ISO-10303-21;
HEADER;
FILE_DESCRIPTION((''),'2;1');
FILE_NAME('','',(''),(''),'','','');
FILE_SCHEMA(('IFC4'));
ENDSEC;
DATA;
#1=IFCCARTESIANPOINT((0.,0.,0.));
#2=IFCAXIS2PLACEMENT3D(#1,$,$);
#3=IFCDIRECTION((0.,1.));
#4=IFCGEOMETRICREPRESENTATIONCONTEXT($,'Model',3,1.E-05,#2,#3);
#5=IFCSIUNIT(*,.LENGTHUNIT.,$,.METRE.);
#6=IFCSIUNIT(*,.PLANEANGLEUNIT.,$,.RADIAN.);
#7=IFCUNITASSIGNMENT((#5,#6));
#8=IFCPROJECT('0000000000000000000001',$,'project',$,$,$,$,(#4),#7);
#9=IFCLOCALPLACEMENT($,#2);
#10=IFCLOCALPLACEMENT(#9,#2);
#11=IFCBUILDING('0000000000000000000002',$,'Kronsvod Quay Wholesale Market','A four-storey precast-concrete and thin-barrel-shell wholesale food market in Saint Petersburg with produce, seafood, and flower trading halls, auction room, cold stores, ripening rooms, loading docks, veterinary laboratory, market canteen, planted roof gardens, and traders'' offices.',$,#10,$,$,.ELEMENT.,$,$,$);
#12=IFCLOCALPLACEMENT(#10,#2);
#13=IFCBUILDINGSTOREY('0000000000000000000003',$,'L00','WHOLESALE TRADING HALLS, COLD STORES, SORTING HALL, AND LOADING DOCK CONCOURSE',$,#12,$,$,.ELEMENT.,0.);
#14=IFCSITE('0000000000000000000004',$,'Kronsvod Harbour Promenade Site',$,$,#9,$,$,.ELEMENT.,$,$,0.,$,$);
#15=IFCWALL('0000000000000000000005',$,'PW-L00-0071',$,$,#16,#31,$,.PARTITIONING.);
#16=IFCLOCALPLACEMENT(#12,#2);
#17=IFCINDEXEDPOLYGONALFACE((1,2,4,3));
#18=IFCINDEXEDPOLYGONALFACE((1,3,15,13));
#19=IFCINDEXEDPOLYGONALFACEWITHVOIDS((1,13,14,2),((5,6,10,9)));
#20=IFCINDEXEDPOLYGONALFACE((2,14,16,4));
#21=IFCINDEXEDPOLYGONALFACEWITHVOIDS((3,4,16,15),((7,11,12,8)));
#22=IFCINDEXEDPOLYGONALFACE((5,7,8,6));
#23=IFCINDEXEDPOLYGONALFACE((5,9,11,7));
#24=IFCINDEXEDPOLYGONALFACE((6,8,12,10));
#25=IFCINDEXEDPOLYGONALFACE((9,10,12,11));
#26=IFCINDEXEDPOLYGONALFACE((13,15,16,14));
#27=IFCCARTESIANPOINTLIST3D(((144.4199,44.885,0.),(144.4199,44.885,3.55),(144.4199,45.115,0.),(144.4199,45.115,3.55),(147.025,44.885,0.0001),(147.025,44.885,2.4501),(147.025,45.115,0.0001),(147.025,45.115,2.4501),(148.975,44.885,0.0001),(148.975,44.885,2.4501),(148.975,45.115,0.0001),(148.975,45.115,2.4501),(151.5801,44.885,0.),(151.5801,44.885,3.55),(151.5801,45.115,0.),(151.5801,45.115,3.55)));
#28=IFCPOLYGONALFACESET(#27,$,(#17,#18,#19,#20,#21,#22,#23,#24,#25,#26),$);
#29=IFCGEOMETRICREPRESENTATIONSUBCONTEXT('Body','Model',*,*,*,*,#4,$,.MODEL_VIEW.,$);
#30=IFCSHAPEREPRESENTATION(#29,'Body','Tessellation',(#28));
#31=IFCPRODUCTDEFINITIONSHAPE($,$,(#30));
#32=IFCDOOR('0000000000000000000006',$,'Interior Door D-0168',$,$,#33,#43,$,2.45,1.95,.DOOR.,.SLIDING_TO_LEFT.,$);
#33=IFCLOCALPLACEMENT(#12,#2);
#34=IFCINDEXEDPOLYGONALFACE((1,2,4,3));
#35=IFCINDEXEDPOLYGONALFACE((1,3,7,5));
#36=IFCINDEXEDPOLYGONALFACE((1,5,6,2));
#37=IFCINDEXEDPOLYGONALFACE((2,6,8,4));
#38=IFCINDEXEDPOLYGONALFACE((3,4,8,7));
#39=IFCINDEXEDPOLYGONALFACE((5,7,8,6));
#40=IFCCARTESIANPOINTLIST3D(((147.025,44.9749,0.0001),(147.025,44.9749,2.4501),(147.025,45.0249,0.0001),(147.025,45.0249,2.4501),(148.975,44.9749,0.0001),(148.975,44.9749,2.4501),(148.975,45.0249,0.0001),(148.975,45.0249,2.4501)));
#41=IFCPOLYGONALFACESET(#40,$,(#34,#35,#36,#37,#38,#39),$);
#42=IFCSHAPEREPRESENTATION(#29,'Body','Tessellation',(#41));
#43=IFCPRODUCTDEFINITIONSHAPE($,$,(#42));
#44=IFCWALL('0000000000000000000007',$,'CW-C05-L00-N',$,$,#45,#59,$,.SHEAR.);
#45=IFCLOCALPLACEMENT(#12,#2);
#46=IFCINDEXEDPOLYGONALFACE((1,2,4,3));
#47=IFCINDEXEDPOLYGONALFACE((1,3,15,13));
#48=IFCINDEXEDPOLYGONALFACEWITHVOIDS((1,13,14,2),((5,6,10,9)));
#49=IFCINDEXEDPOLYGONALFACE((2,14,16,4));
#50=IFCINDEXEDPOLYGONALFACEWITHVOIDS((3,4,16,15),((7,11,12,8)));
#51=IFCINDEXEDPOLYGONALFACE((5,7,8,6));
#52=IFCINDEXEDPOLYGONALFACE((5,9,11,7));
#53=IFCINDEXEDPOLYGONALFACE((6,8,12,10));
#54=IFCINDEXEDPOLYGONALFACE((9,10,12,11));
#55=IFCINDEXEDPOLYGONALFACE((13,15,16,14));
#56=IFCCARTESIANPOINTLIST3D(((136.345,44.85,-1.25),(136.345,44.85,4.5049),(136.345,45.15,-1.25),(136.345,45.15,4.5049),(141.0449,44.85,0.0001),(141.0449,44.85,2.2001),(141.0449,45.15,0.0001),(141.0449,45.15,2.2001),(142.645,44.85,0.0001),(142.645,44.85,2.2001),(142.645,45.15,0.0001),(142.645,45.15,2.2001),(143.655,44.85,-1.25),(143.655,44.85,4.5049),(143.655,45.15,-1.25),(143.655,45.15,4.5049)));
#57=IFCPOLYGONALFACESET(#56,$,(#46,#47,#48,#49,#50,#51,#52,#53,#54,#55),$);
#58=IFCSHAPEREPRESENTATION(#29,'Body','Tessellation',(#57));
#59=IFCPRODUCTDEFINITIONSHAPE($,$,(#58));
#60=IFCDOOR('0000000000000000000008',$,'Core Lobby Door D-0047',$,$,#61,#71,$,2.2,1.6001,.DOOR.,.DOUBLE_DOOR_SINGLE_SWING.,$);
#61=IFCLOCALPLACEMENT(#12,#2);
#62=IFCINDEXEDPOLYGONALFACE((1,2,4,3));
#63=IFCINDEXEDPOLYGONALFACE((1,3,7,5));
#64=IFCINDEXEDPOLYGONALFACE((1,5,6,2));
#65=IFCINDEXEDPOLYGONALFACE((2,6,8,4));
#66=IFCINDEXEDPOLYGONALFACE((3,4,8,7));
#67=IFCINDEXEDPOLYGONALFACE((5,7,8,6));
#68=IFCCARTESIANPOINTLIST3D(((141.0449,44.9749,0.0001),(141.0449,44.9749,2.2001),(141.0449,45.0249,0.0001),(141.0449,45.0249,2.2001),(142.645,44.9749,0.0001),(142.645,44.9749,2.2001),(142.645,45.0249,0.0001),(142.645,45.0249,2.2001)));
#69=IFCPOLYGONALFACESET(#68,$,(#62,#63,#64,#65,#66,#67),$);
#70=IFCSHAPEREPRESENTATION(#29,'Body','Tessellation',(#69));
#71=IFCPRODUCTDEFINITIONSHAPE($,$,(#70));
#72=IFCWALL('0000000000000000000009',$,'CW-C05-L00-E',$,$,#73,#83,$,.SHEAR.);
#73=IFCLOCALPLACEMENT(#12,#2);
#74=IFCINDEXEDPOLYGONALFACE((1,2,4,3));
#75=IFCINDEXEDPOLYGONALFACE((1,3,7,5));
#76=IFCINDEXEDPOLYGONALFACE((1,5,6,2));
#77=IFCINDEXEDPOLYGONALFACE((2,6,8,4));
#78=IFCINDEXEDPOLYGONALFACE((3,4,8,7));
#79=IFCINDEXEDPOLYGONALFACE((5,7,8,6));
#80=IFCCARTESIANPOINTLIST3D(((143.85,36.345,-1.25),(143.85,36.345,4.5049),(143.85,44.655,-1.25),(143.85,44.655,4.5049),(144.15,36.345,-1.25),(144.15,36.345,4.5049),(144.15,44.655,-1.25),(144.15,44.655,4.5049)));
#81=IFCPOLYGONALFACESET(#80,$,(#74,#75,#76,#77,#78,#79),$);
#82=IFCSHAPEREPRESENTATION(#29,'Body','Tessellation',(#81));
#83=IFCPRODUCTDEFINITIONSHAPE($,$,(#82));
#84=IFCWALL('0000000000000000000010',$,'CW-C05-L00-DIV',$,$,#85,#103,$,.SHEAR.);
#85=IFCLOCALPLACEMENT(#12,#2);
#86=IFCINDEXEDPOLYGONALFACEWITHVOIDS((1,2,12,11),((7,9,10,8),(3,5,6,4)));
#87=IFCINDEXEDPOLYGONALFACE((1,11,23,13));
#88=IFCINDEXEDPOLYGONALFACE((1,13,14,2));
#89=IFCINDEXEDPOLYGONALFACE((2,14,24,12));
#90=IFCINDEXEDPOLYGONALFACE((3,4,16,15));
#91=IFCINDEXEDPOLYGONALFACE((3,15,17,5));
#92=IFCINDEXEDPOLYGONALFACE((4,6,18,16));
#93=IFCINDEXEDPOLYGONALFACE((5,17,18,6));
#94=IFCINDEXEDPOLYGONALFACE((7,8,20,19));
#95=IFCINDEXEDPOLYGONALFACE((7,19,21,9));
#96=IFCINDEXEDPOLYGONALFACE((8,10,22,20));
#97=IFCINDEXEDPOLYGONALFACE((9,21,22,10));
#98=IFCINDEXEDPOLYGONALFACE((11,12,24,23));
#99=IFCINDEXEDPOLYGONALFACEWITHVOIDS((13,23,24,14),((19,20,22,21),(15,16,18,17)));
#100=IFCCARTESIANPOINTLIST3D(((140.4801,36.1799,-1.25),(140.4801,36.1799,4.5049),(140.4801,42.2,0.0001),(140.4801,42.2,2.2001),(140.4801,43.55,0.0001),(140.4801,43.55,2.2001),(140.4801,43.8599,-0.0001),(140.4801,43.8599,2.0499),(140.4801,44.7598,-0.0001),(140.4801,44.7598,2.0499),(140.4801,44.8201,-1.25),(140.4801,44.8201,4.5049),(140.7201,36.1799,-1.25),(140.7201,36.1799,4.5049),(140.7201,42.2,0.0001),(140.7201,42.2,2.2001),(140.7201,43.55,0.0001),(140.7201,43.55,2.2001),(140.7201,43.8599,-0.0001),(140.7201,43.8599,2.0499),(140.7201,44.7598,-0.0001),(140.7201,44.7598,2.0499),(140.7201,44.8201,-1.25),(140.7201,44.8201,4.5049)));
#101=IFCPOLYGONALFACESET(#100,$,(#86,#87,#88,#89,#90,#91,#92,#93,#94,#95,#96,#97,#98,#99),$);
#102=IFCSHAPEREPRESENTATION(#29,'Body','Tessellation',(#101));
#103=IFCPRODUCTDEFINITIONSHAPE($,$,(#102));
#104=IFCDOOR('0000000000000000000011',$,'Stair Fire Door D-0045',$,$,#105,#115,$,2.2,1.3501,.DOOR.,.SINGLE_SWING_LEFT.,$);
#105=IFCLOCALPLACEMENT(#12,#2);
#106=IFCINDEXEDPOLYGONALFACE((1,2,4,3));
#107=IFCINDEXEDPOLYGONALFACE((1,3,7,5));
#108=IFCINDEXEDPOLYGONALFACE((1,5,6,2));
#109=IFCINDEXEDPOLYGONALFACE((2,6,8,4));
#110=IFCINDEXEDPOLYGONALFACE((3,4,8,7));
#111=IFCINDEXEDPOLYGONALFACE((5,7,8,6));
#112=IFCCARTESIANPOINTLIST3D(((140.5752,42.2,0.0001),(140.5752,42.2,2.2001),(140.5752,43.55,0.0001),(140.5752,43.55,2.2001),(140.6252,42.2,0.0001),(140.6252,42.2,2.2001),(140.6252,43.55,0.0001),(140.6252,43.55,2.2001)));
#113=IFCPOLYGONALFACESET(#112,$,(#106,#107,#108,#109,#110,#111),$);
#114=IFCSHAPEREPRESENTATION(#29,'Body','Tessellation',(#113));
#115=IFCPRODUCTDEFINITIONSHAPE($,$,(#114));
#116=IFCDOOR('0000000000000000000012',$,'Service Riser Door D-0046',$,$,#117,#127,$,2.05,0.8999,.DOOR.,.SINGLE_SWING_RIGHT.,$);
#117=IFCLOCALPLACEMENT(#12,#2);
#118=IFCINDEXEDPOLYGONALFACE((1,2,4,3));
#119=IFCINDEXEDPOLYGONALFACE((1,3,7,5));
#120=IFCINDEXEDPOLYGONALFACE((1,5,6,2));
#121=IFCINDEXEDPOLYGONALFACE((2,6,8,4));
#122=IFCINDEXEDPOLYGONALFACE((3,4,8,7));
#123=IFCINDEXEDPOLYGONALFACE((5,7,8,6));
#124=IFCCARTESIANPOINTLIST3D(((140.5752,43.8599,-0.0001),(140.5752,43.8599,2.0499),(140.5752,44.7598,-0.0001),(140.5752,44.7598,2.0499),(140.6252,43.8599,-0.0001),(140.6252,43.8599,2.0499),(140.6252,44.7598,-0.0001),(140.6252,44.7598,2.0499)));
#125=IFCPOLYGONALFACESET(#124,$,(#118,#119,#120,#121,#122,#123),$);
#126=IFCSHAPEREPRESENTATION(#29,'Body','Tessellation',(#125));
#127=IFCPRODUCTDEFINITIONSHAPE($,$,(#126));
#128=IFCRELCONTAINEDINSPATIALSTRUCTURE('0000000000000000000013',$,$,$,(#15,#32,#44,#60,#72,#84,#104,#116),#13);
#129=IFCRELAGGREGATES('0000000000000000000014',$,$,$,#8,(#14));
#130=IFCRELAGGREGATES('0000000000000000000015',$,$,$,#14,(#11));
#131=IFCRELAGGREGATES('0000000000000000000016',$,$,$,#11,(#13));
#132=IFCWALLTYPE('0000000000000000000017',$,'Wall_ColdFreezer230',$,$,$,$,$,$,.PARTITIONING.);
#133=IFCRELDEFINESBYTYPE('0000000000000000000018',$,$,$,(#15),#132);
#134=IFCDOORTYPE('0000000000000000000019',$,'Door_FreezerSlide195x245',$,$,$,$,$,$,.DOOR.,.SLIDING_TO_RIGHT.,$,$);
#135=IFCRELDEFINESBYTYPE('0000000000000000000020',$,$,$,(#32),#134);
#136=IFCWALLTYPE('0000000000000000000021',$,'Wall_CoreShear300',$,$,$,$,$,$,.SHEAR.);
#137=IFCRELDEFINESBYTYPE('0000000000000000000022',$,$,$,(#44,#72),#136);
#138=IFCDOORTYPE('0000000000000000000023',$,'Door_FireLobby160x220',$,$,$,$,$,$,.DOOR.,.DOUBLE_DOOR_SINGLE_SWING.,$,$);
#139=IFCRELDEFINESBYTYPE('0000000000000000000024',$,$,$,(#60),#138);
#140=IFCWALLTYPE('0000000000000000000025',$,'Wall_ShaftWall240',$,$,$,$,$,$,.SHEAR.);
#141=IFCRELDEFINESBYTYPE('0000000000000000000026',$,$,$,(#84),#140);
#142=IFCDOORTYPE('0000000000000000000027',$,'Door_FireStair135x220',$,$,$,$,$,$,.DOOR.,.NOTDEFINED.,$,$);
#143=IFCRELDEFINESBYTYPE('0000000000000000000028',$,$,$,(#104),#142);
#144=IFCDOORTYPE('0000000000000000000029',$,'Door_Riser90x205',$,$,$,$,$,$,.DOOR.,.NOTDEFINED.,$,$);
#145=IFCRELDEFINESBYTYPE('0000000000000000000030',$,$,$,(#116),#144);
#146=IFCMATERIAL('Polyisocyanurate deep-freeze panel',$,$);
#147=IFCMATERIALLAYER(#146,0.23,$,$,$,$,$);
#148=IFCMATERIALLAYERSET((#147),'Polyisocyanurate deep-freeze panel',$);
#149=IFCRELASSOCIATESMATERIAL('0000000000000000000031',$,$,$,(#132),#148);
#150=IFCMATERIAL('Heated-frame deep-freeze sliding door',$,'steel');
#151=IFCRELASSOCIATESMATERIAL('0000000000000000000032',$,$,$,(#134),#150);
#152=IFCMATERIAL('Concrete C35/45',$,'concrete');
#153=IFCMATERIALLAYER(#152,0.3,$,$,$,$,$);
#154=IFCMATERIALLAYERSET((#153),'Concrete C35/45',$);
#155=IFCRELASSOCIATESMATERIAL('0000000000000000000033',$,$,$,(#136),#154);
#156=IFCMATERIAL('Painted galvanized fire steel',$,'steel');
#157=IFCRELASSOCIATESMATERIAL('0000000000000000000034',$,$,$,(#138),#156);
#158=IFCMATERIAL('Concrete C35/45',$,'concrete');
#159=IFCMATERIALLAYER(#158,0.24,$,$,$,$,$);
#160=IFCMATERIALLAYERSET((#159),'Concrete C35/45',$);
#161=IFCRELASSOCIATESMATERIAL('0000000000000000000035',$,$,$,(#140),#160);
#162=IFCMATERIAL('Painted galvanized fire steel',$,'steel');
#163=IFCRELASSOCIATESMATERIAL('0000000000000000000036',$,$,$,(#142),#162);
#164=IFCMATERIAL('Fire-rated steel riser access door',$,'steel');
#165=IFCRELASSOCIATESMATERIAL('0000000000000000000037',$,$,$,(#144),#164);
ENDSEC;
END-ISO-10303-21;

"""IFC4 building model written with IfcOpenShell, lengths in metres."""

from ifc_helpers import new_model, si_unit, direction, frame, frame_2d, origin, place, context, subcontext, project, spatial, rectangle, extrude, material, layer, layer_set, type_object, element, fill, save


model = new_model("IFC4")

# Units and contexts
model_context = context("Model", 3, precision=1e-05, world=origin(), true_north=direction((0.0, 1.0)))
body_context = subcontext(model_context, "Body", "Model", "MODEL_VIEW")
ifc_project = project(units=[si_unit("LENGTHUNIT", "METRE"), si_unit("PLANEANGLEUNIT", "RADIAN")], contexts=[model_context])

# Site, building, storey
site_placement = place(None, origin())
site = spatial("IfcSite", under=ifc_project, at=site_placement, Name="Kronsvod Harbour Promenade Site", CompositionType="ELEMENT", RefElevation=0.0)
building_placement = place(site_placement, origin())
building = spatial("IfcBuilding", under=site, at=building_placement, Name="Kronsvod Quay Wholesale Market", Description="A four-storey precast-concrete and thin-barrel-shell wholesale food market in Saint Petersburg with produce, seafood, and flower trading halls, auction room, cold stores, ripening rooms, loading docks, veterinary laboratory, market canteen, planted roof gardens, and traders' offices.", CompositionType="ELEMENT")
storey_placement = place(building_placement, origin())
storey = spatial("IfcBuildingStorey", under=building, at=storey_placement, Name="L00", Description="WHOLESALE TRADING HALLS, COLD STORES, SORTING HALL, AND LOADING DOCK CONCOURSE", CompositionType="ELEMENT", Elevation=0.0)

# Walls, openings, doors
ifc_material_1 = material(Name="Polyisocyanurate deep-freeze panel")
ifc_layer_1 = layer(ifc_material_1, 0.23)
ifc_layer_set_1 = layer_set([ifc_layer_1], Name="Polyisocyanurate deep-freeze panel")
wall_type_1 = type_object("IfcWallType", Name="Wall_ColdFreezer230", PredefinedType="PARTITIONING", material=ifc_layer_set_1)
ifc_material_2 = material(Name="Heated-frame deep-freeze sliding door", Category="steel")
door_type_1 = type_object("IfcDoorType", Name="Door_FreezerSlide195x245", OperationType="SLIDING_TO_RIGHT", PredefinedType="DOOR", material=ifc_material_2)
wall_1_placement = place(storey_placement, frame((144.4199, 45.0, 0.0), z_axis=(0.0, 0.0, 1.0), x_axis=(1.0, 0.0, 0.0)))
wall_1 = element("IfcWall", 1, at=wall_1_placement, inside=storey, type_object=wall_type_1, Name="PW-L00-0071", PredefinedType="PARTITIONING", context=body_context, shape_type="SweptSolid", body=[
    extrude(rectangle(XDim=7.1602, YDim=0.23, at=frame_2d((3.5801, 0.0))), origin(), (0.0, 0.0, 1.0), 3.55),
])
opening_1_placement = place(wall_1_placement, frame((2.605, 0.0, 0.0)))
opening_1 = element("IfcOpeningElement", 2, at=opening_1_placement, cuts=wall_1, PredefinedType="OPENING", context=body_context, shape_type="SweptSolid", body=[
    extrude(rectangle(XDim=1.95, YDim=2.45, at=frame_2d((0.9751, 1.2251))), frame((0.0, 0.125, 0.0), z_axis=(0.0, -1.0, 0.0), x_axis=(1.0, 0.0, 0.0)), (0.0, 0.0, 1.0), 0.25),
])
door_1_placement = place(opening_1_placement, origin())
door_1 = element("IfcDoor", 3, at=door_1_placement, inside=storey, type_object=door_type_1, Name="Interior Door D-0168", OperationType="SLIDING_TO_LEFT", OverallHeight=2.45, OverallWidth=1.95, PredefinedType="DOOR", context=body_context, shape_type="SweptSolid", body=[
    extrude(rectangle(XDim=1.95, YDim=2.45, at=frame_2d((0.9751, 1.2251))), frame((0.0, 0.0249, 0.0), z_axis=(0.0, -1.0, 0.0), x_axis=(1.0, 0.0, 0.0)), (0.0, 0.0, 1.0), 0.05),
])
fill(opening_1, door_1)
ifc_material_3 = material(Name="Concrete C35/45", Category="concrete")
ifc_layer_2 = layer(ifc_material_3, 0.3)
ifc_layer_set_2 = layer_set([ifc_layer_2], Name="Concrete C35/45")
wall_type_2 = type_object("IfcWallType", Name="Wall_CoreShear300", PredefinedType="SHEAR", material=ifc_layer_set_2)
wall_2_placement = place(storey_placement, frame((136.345, 45.0, -1.25), z_axis=(0.0, 0.0, 1.0), x_axis=(1.0, 0.0, 0.0)))
wall_2 = element("IfcWall", 4, at=wall_2_placement, inside=storey, type_object=wall_type_2, Name="CW-C05-L00-N", PredefinedType="SHEAR", context=body_context, shape_type="SweptSolid", body=[
    extrude(rectangle(XDim=7.3101, YDim=0.3, at=frame_2d((3.655, 0.0))), origin(), (0.0, 0.0, 1.0), 5.7549),
])
opening_2_placement = place(wall_2_placement, frame((4.7, 0.0, 1.25)))
opening_2 = element("IfcOpeningElement", 5, at=opening_2_placement, cuts=wall_2, PredefinedType="OPENING", context=body_context, shape_type="SweptSolid", body=[
    extrude(rectangle(XDim=1.6001, YDim=2.2, at=frame_2d((0.8, 1.1001))), frame((0.0, 0.1602, 0.0), z_axis=(0.0, -1.0, 0.0), x_axis=(1.0, 0.0, 0.0)), (0.0, 0.0, 1.0), 0.3201),
])
ifc_material_4 = material(Name="Painted galvanized fire steel", Category="steel")
door_type_2 = type_object("IfcDoorType", Name="Door_FireLobby160x220", OperationType="DOUBLE_DOOR_SINGLE_SWING", PredefinedType="DOOR", material=ifc_material_4)
door_2_placement = place(opening_2_placement, origin())
door_2 = element("IfcDoor", 6, at=door_2_placement, inside=storey, type_object=door_type_2, Name="Core Lobby Door D-0047", OperationType="DOUBLE_DOOR_SINGLE_SWING", OverallHeight=2.2, OverallWidth=1.6001, PredefinedType="DOOR", context=body_context, shape_type="SweptSolid", body=[
    extrude(rectangle(XDim=1.6001, YDim=2.2, at=frame_2d((0.8, 1.1001))), frame((0.0, 0.0249, 0.0), z_axis=(0.0, -1.0, 0.0), x_axis=(1.0, 0.0, 0.0)), (0.0, 0.0, 1.0), 0.05),
])
fill(opening_2, door_2)

# Wall
wall_3_placement = place(storey_placement, frame((144.0, 36.345, -1.25), z_axis=(0.0, 0.0, 1.0), x_axis=(0.0, 1.0, 0.0)))
element("IfcWall", 7, at=wall_3_placement, inside=storey, type_object=wall_type_2, Name="CW-C05-L00-E", PredefinedType="SHEAR", context=body_context, shape_type="SweptSolid", body=[
    extrude(rectangle(XDim=8.3101, YDim=0.3, at=frame_2d((4.155, 0.0))), origin(), (0.0, 0.0, 1.0), 5.7549),
])

# Wall, openings, doors
ifc_material_5 = material(Name="Concrete C35/45", Category="concrete")
ifc_layer_3 = layer(ifc_material_5, 0.24)
ifc_layer_set_3 = layer_set([ifc_layer_3], Name="Concrete C35/45")
wall_type_3 = type_object("IfcWallType", Name="Wall_ShaftWall240", PredefinedType="SHEAR", material=ifc_layer_set_3)
wall_4_placement = place(storey_placement, frame((140.6001, 36.1799, -1.25), z_axis=(0.0, 0.0, 1.0), x_axis=(0.0, 1.0, 0.0)))
wall_4 = element("IfcWall", 8, at=wall_4_placement, inside=storey, type_object=wall_type_3, Name="CW-C05-L00-DIV", PredefinedType="SHEAR", context=body_context, shape_type="SweptSolid", body=[
    extrude(rectangle(XDim=8.6401, YDim=0.24, at=frame_2d((4.3201, 0.0))), origin(), (0.0, 0.0, 1.0), 5.7549),
])
opening_3_placement = place(wall_4_placement, frame((6.02, 0.0, 1.25)))
opening_3 = element("IfcOpeningElement", 9, at=opening_3_placement, cuts=wall_4, PredefinedType="OPENING", context=body_context, shape_type="SweptSolid", body=[
    extrude(rectangle(XDim=1.3501, YDim=2.2, at=frame_2d((0.675, 1.1001))), frame((0.0, 0.1299, 0.0), z_axis=(0.0, -1.0, 0.0), x_axis=(1.0, 0.0, 0.0)), (0.0, 0.0, 1.0), 0.26),
])
opening_4_placement = place(wall_4_placement, frame((7.6799, 0.0, 1.25)))
opening_4 = element("IfcOpeningElement", 10, at=opening_4_placement, cuts=wall_4, PredefinedType="OPENING", context=body_context, shape_type="SweptSolid", body=[
    extrude(rectangle(XDim=0.8999, YDim=2.05, at=frame_2d((0.45, 1.0249))), frame((0.0, 0.1299, 0.0), z_axis=(0.0, -1.0, 0.0), x_axis=(1.0, 0.0, 0.0)), (0.0, 0.0, 1.0), 0.26),
])
ifc_material_6 = material(Name="Painted galvanized fire steel", Category="steel")
door_type_3 = type_object("IfcDoorType", Name="Door_FireStair135x220", OperationType="NOTDEFINED", PredefinedType="DOOR", material=ifc_material_6)
door_3_placement = place(opening_3_placement, origin())
door_3 = element("IfcDoor", 11, at=door_3_placement, inside=storey, type_object=door_type_3, Name="Stair Fire Door D-0045", OperationType="SINGLE_SWING_LEFT", OverallHeight=2.2, OverallWidth=1.3501, PredefinedType="DOOR", context=body_context, shape_type="SweptSolid", body=[
    extrude(rectangle(XDim=1.3501, YDim=2.2, at=frame_2d((0.675, 1.1001))), frame((0.0, 0.0249, 0.0), z_axis=(0.0, -1.0, 0.0), x_axis=(1.0, 0.0, 0.0)), (0.0, 0.0, 1.0), 0.05),
])
fill(opening_3, door_3)
ifc_material_7 = material(Name="Fire-rated steel riser access door", Category="steel")
door_type_4 = type_object("IfcDoorType", Name="Door_Riser90x205", OperationType="NOTDEFINED", PredefinedType="DOOR", material=ifc_material_7)
door_4_placement = place(opening_4_placement, origin())
door_4 = element("IfcDoor", 12, at=door_4_placement, inside=storey, type_object=door_type_4, Name="Service Riser Door D-0046", OperationType="SINGLE_SWING_RIGHT", OverallHeight=2.05, OverallWidth=0.8999, PredefinedType="DOOR", context=body_context, shape_type="SweptSolid", body=[
    extrude(rectangle(XDim=0.8999, YDim=2.05, at=frame_2d((0.45, 1.0249))), frame((0.0, 0.0249, 0.0), z_axis=(0.0, -1.0, 0.0), x_axis=(1.0, 0.0, 0.0)), (0.0, 0.0, 1.0), 0.05),
])
fill(opening_4, door_4)

save(model, "model.ifc")
